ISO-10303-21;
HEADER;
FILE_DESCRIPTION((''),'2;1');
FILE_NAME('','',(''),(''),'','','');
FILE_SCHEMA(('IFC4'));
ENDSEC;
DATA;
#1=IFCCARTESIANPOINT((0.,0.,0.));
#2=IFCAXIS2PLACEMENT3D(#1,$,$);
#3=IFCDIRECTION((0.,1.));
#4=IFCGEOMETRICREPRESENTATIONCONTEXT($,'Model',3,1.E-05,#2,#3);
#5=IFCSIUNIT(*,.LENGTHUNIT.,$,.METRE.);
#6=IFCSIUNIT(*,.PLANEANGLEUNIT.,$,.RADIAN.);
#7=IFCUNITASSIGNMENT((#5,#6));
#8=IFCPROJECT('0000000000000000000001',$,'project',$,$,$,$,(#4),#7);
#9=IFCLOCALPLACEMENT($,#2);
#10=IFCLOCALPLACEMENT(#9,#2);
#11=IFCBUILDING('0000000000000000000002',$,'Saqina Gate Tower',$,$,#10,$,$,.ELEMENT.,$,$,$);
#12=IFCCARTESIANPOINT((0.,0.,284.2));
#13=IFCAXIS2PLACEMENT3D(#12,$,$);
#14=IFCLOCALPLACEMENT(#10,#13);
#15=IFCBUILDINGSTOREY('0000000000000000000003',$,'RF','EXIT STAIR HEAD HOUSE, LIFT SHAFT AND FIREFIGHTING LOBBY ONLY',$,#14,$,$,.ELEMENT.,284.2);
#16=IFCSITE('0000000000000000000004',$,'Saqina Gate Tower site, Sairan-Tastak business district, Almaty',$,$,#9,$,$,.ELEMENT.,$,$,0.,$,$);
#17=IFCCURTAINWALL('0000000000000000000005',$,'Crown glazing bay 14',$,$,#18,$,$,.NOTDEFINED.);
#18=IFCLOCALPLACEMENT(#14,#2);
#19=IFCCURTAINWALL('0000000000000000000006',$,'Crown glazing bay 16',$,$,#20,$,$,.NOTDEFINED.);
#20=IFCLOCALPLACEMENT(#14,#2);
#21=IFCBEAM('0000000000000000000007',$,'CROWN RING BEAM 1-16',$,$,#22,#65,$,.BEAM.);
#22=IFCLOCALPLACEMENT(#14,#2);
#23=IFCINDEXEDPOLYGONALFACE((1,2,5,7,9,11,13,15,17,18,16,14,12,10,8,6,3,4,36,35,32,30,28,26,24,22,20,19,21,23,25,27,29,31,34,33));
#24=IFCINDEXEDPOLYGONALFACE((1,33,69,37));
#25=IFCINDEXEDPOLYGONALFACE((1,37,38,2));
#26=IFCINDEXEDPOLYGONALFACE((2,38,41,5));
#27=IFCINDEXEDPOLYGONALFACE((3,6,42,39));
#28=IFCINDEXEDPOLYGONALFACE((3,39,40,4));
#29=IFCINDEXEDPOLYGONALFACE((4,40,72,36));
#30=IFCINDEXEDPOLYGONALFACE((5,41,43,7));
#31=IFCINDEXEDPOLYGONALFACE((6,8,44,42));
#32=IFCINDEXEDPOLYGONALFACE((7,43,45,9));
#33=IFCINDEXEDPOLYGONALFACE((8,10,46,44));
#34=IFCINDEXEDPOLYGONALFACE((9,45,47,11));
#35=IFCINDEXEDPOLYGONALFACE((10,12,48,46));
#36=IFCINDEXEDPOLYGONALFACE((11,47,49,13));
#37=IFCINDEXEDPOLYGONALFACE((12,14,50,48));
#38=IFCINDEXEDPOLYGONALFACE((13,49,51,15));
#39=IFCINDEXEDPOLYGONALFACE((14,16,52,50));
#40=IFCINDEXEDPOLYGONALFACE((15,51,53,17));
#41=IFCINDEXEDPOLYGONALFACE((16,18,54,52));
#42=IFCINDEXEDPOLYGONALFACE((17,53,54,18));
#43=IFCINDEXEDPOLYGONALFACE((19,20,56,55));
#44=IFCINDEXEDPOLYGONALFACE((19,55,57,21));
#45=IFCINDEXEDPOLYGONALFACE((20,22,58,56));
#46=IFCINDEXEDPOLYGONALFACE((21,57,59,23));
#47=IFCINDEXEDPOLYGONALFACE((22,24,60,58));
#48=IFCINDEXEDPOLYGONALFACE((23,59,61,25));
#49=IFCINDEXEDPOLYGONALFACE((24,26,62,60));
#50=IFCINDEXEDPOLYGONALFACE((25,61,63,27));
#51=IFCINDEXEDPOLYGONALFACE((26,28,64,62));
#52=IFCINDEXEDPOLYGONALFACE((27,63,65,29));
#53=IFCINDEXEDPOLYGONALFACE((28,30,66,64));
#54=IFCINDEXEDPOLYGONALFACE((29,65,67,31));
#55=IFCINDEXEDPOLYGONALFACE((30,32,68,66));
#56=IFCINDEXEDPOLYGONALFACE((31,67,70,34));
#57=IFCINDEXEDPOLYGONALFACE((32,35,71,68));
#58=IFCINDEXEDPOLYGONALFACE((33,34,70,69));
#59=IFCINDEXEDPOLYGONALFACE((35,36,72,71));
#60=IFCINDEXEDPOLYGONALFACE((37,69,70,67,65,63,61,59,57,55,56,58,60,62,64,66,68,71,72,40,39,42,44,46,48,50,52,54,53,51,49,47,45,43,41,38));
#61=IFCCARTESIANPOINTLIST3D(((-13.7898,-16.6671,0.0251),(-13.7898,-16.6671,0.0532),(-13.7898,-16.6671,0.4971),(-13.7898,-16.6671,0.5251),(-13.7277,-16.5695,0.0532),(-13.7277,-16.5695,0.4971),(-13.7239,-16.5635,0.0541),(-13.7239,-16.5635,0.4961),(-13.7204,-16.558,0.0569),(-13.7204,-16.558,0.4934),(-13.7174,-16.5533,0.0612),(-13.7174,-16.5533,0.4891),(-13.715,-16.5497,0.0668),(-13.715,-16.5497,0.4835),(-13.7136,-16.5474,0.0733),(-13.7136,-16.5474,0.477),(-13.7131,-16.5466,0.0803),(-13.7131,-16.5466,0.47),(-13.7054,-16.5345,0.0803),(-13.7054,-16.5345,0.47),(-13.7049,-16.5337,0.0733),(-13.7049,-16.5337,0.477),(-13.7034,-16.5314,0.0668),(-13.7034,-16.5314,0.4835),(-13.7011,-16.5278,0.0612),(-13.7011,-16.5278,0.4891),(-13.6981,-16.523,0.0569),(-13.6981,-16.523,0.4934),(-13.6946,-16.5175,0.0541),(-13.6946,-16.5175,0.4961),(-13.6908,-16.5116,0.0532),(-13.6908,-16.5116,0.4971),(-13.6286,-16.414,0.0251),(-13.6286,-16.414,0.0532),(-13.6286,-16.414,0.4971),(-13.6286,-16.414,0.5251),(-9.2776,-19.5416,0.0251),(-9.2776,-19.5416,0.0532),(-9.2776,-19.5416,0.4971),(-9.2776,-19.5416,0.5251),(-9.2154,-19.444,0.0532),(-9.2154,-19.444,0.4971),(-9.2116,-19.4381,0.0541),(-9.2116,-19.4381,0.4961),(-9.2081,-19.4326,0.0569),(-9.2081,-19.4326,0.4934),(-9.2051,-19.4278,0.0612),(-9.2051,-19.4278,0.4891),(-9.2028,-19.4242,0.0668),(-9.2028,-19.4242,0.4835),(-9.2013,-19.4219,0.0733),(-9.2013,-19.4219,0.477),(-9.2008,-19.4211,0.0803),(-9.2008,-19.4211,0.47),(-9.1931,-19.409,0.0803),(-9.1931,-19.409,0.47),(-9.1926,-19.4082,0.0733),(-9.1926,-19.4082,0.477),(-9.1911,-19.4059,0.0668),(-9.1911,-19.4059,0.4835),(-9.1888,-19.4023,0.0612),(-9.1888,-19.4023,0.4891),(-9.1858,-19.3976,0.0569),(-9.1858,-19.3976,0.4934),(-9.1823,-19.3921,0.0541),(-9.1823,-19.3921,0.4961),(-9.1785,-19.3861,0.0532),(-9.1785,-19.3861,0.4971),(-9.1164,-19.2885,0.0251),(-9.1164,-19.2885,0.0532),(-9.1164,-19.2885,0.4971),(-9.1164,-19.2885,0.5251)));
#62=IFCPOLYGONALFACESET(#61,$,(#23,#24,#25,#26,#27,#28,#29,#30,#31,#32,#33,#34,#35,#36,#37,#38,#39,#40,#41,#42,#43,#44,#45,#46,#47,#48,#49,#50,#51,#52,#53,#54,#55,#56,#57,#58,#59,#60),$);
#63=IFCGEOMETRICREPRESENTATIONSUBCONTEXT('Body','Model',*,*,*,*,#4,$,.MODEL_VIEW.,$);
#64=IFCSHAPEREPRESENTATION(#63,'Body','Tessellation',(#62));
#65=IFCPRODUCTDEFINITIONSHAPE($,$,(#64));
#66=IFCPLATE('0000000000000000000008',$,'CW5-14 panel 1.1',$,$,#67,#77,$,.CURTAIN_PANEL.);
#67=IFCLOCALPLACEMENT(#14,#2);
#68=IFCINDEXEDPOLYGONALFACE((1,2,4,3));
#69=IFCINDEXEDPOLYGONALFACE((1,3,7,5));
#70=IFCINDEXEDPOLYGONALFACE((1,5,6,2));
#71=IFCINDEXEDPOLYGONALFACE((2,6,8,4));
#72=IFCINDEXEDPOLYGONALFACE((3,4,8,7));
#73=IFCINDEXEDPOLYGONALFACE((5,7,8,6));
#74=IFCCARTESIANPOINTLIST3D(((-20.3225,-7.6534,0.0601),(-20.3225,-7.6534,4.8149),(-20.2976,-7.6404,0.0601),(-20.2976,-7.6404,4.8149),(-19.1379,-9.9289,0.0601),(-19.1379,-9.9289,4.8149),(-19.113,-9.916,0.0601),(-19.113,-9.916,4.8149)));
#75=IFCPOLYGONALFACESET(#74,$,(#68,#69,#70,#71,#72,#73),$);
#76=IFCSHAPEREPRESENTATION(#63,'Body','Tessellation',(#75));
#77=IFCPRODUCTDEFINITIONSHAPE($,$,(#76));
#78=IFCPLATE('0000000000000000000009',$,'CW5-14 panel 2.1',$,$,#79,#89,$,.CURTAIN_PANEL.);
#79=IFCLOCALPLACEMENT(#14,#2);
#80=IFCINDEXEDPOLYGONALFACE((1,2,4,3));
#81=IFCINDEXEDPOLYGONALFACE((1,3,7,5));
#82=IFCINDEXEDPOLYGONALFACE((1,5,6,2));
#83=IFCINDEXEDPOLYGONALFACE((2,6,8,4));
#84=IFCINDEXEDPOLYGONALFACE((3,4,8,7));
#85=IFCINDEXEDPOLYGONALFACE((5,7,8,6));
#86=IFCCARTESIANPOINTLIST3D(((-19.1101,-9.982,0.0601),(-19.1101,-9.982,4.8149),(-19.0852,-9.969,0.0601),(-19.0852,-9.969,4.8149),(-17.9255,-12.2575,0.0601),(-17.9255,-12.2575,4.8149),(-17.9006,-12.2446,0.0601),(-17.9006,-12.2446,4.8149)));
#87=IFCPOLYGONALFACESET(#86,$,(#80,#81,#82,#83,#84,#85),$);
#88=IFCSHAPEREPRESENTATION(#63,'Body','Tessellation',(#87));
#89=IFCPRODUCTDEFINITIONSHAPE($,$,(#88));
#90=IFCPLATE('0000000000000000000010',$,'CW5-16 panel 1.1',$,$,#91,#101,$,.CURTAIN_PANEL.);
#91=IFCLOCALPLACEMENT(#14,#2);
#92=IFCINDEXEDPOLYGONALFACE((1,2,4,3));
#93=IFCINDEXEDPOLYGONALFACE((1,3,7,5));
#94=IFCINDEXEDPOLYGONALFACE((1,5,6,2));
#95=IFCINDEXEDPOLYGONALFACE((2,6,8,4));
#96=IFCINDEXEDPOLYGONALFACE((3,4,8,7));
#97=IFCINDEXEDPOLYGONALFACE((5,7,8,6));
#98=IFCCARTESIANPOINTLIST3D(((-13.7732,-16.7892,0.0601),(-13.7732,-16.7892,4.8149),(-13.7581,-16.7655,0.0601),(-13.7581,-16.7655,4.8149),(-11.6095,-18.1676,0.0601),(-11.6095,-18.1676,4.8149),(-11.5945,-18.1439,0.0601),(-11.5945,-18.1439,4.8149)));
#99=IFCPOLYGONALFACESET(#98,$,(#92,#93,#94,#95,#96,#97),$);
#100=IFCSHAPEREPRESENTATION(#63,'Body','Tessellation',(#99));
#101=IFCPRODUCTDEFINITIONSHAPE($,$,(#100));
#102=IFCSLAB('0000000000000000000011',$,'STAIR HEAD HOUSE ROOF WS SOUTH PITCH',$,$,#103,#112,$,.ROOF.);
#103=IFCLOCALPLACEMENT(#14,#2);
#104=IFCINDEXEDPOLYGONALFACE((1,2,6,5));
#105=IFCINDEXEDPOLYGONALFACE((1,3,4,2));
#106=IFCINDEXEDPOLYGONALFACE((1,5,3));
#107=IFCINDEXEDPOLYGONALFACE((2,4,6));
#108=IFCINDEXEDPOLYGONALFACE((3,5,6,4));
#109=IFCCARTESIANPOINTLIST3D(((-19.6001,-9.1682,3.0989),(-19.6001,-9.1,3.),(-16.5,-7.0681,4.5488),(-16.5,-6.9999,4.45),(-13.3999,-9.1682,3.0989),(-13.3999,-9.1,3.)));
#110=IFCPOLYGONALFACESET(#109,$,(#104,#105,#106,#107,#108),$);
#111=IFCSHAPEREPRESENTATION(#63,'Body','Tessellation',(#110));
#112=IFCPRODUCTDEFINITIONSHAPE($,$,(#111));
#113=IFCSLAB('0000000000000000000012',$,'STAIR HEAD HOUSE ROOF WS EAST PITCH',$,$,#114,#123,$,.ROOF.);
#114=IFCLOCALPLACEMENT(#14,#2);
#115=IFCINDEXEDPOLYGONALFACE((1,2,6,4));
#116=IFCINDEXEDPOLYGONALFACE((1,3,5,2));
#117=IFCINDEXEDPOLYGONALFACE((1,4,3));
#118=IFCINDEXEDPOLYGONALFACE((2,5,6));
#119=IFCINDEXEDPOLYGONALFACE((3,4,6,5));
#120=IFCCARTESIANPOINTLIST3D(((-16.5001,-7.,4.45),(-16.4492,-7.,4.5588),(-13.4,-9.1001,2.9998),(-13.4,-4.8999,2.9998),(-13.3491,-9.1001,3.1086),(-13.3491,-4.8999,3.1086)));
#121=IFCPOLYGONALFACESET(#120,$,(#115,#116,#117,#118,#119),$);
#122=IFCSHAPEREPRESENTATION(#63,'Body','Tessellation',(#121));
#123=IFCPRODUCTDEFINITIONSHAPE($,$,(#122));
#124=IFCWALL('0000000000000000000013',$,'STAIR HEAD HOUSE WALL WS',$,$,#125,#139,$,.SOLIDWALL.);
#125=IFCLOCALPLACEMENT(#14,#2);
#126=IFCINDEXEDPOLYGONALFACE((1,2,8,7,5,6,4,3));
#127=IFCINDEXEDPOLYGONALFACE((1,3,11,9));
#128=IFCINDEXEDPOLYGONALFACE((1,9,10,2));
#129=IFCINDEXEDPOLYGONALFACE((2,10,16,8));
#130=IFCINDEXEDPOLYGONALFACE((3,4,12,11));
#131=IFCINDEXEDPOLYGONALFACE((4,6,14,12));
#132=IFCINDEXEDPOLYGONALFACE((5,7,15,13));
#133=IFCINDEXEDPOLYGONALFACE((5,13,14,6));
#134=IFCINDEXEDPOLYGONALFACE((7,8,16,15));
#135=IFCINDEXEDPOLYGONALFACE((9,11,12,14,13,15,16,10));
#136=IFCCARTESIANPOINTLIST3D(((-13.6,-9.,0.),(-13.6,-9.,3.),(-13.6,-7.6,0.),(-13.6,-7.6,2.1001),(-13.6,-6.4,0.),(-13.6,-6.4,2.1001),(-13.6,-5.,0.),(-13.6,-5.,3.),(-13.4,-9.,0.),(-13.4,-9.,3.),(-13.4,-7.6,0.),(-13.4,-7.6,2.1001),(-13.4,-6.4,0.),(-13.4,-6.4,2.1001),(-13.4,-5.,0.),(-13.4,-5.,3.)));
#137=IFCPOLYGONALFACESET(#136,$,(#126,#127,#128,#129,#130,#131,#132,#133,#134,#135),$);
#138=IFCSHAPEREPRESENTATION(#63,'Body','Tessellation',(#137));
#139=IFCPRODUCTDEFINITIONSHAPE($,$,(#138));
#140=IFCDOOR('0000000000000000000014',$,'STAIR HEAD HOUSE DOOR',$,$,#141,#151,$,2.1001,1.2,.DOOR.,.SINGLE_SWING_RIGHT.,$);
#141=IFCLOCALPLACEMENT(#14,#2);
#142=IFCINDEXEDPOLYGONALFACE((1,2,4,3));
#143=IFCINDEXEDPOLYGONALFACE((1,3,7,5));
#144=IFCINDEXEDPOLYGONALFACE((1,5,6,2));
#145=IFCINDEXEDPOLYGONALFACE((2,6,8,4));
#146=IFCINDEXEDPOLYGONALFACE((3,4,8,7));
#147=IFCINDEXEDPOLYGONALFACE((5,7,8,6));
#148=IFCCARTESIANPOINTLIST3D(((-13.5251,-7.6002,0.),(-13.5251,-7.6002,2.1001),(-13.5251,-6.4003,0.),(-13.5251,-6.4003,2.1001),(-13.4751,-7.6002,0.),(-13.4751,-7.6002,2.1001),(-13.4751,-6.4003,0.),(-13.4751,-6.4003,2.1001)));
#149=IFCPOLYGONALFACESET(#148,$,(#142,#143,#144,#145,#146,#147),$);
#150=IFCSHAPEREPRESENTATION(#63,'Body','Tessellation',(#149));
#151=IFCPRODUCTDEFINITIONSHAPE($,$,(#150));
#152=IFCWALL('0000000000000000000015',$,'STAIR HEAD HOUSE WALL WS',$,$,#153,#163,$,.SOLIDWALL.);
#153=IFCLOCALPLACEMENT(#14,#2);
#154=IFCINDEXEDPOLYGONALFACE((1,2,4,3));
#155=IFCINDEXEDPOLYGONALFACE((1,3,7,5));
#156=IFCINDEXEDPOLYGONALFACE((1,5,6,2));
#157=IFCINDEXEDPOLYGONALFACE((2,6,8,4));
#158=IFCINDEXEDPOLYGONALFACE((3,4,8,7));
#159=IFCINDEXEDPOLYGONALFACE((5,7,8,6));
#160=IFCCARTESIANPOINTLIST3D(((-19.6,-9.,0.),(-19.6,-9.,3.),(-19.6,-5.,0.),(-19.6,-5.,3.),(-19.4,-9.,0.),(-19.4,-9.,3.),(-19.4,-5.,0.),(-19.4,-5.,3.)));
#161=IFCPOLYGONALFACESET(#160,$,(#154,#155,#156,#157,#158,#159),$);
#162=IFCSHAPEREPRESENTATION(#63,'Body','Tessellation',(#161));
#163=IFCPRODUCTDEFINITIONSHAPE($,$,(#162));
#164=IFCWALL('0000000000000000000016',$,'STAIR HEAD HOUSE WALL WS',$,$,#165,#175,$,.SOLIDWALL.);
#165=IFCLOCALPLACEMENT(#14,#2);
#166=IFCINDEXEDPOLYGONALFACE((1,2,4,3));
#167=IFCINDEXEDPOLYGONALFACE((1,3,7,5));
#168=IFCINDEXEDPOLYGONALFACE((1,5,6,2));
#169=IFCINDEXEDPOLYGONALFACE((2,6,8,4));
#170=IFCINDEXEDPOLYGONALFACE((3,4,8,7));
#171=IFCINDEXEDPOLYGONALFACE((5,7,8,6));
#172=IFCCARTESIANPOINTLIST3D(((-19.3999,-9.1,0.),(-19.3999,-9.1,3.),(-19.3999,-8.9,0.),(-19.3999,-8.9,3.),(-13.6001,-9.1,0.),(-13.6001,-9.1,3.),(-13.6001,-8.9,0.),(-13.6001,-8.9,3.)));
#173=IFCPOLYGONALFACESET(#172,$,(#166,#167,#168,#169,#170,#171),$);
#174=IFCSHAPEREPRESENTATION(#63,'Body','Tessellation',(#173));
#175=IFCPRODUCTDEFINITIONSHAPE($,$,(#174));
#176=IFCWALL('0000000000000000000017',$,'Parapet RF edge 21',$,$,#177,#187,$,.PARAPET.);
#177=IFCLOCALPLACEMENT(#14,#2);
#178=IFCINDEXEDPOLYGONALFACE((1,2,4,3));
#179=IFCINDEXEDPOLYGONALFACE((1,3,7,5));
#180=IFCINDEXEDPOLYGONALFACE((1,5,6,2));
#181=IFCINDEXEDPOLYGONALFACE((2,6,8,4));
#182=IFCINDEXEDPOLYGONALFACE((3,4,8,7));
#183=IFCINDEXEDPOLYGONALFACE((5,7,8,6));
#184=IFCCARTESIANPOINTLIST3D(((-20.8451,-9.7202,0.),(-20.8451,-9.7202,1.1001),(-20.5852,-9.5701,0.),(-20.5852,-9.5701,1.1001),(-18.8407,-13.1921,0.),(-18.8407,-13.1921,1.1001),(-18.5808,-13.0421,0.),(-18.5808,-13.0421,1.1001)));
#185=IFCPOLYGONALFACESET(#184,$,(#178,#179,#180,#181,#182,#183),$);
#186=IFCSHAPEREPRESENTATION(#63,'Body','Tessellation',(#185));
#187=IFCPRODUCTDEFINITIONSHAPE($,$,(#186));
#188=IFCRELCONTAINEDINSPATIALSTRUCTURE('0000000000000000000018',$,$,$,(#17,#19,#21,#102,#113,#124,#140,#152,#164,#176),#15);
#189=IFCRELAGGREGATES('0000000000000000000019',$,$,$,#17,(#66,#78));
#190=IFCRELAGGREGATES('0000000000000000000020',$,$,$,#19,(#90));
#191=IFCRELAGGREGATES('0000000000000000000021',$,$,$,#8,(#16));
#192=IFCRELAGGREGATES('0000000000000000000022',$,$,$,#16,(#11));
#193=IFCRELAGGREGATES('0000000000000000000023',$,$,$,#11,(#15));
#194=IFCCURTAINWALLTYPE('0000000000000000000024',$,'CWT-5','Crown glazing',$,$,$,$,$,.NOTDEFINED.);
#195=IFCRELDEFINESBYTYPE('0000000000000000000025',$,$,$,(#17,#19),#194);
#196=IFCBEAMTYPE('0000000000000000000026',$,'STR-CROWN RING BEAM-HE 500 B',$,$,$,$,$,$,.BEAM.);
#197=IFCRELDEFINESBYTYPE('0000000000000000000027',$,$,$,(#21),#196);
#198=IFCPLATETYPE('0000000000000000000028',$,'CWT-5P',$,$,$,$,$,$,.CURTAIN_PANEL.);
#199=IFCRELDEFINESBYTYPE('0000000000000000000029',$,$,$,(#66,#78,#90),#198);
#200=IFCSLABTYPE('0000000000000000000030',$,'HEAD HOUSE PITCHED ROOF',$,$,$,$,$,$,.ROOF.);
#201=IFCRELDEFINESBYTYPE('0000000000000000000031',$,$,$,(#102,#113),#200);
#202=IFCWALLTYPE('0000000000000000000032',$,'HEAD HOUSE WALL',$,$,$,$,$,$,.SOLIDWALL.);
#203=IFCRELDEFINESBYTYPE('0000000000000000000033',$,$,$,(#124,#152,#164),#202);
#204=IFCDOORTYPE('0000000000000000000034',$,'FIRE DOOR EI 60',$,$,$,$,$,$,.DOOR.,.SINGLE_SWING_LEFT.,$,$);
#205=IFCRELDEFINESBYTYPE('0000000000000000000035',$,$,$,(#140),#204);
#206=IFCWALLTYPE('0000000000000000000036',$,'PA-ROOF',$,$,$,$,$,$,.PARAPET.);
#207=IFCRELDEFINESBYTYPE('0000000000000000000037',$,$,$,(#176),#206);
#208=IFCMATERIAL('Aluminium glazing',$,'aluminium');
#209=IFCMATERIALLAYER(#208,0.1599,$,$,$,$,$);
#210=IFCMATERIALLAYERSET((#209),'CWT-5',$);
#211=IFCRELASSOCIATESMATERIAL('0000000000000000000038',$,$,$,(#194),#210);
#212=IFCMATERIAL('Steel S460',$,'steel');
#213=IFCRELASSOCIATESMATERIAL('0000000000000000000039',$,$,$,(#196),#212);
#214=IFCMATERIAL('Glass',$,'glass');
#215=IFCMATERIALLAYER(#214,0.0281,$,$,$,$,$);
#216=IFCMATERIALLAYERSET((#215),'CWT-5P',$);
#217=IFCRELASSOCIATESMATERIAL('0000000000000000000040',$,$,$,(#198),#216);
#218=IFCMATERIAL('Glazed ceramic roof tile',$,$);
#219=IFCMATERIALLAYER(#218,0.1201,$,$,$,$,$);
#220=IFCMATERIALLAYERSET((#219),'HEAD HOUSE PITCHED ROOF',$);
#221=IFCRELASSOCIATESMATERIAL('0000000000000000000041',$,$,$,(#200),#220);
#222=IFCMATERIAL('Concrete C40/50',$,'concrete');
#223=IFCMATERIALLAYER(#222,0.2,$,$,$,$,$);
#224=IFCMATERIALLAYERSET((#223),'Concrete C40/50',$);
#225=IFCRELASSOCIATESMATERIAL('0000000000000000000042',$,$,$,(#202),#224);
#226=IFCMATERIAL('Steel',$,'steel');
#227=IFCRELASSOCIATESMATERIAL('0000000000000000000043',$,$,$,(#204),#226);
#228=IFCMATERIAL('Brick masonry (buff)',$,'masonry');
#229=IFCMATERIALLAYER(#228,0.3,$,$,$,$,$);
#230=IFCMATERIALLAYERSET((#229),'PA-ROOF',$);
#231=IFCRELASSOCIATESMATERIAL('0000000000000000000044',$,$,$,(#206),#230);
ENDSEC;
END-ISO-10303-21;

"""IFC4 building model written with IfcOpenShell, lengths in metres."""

from ifc_helpers import new_model, si_unit, direction, frame, frame_2d, origin, origin_2d, place, context, subcontext, project, spatial, polyline, rectangle, i_section, outline, extrude, material, layer, layer_set, material_profile, profile_set, type_object, element, fill, aggregate, save


model = new_model("IFC4")

# Units and contexts
model_context = context("Model", 3, precision=1e-05, world=origin(), true_north=direction((0.0, 1.0)))
body_context = subcontext(model_context, "Body", "Model", "MODEL_VIEW")
ifc_project = project(units=[si_unit("LENGTHUNIT", "METRE"), si_unit("PLANEANGLEUNIT", "RADIAN")], contexts=[model_context])

# Site, building, storey
site_placement = place(None, origin())
site = spatial("IfcSite", under=ifc_project, at=site_placement, Name="Saqina Gate Tower site, Sairan-Tastak business district, Almaty", CompositionType="ELEMENT", RefElevation=0.0)
building_placement = place(site_placement, origin())
building = spatial("IfcBuilding", under=site, at=building_placement, Name="Saqina Gate Tower", CompositionType="ELEMENT")
storey_placement = place(building_placement, frame((0.0, 0.0, 284.2)))
storey = spatial("IfcBuildingStorey", under=building, at=storey_placement, Name="RF", Description="EXIT STAIR HEAD HOUSE, LIFT SHAFT AND FIREFIGHTING LOBBY ONLY", CompositionType="ELEMENT", Elevation=284.2)

# Curtain walls
ifc_material_1 = material(Name="Aluminium glazing", Category="aluminium")
ifc_layer_1 = layer(ifc_material_1, 0.1599)
ifc_layer_set_1 = layer_set([ifc_layer_1], Name="CWT-5")
curtain_wall_type = type_object("IfcCurtainWallType", Name="CWT-5", Description="Crown glazing", PredefinedType="NOTDEFINED", material=ifc_layer_set_1)
curtain_wall_1_placement = place(storey_placement, origin())
curtain_wall_1 = element("IfcCurtainWall", 1, at=curtain_wall_1_placement, inside=storey, type_object=curtain_wall_type, Name="Crown glazing bay 14", PredefinedType="NOTDEFINED")
curtain_wall_2_placement = place(storey_placement, origin())
curtain_wall_2 = element("IfcCurtainWall", 2, at=curtain_wall_2_placement, inside=storey, type_object=curtain_wall_type, Name="Crown glazing bay 16", PredefinedType="NOTDEFINED")

# Beam
ifc_material_2 = material(Name="Steel S460", Category="steel")
ifc_material_profile_1 = material_profile(ifc_material_2, i_section(OverallWidth=0.3, OverallDepth=0.5, WebThickness=0.0144, FlangeThickness=0.0281, FilletRadius=0.0271, at=origin_2d()), Name="HE 500 B")
ifc_profile_set_1 = profile_set([ifc_material_profile_1], Name="Steel S460")
beam_type = type_object("IfcBeamType", Name="STR-CROWN RING BEAM-HE 500 B", PredefinedType="BEAM", material=ifc_profile_set_1)
beam_1_placement = place(storey_placement, frame((-13.7092, -16.5405, 0.2751), z_axis=(0.843398, -0.537289, 0.0), x_axis=(0.537289, 0.843398, 0.0)))
element("IfcBeam", 3, at=beam_1_placement, inside=storey, type_object=beam_type, Name="CROWN RING BEAM 1-16", PredefinedType="BEAM", context=body_context, shape_type="SweptSolid", body=[
    extrude(i_section(OverallWidth=0.3, OverallDepth=0.5, WebThickness=0.0144, FlangeThickness=0.0281, FilletRadius=0.0271, at=origin_2d()), origin(), (0.0, 0.0, 1.0), 5.3501),
])

# Plates
ifc_material_3 = material(Name="Glass", Category="glass")
ifc_layer_2 = layer(ifc_material_3, 0.0281)
ifc_layer_set_2 = layer_set([ifc_layer_2], Name="CWT-5P")
plate_type = type_object("IfcPlateType", Name="CWT-5P", PredefinedType="CURTAIN_PANEL", material=ifc_layer_set_2)
plate_1_placement = place(storey_placement, frame((-19.7178, -8.7847, 0.0601), z_axis=(0.0, 0.0, 1.0), x_axis=(0.461751, -0.88701, 0.0)))
plate_1 = element("IfcPlate", 4, at=plate_1_placement, type_object=plate_type, Name="CW5-14 panel 1.1", PredefinedType="CURTAIN_PANEL", context=body_context, shape_type="SweptSolid", body=[
    extrude(rectangle(XDim=2.5654, YDim=0.0281, at=origin_2d()), origin(), (0.0, 0.0, 1.0), 4.7549),
])
plate_2_placement = place(storey_placement, frame((-18.5054, -11.1133, 0.0601), z_axis=(0.0, 0.0, 1.0), x_axis=(0.461751, -0.88701, 0.0)))
plate_2 = element("IfcPlate", 5, at=plate_2_placement, type_object=plate_type, Name="CW5-14 panel 2.1", PredefinedType="CURTAIN_PANEL", context=body_context, shape_type="SweptSolid", body=[
    extrude(rectangle(XDim=2.5654, YDim=0.0281, at=origin_2d()), origin(), (0.0, 0.0, 1.0), 4.7549),
])
aggregate(curtain_wall_1, [plate_1, plate_2])
plate_3_placement = place(storey_placement, frame((-12.6838, -17.4666, 0.0601), z_axis=(0.0, 0.0, 1.0), x_axis=(0.843395, -0.537295, 0.0)))
plate_3 = element("IfcPlate", 6, at=plate_3_placement, type_object=plate_type, Name="CW5-16 panel 1.1", PredefinedType="CURTAIN_PANEL", context=body_context, shape_type="SweptSolid", body=[
    extrude(rectangle(XDim=2.5654, YDim=0.0281, at=origin_2d()), origin(), (0.0, 0.0, 1.0), 4.7549),
])
aggregate(curtain_wall_2, [plate_3])

# Slabs
ifc_material_4 = material(Name="Glazed ceramic roof tile")
ifc_layer_3 = layer(ifc_material_4, 0.1201)
ifc_layer_set_3 = layer_set([ifc_layer_3], Name="HEAD HOUSE PITCHED ROOF")
slab_type = type_object("IfcSlabType", Name="HEAD HOUSE PITCHED ROOF", PredefinedType="ROOF", material=ifc_layer_set_3)
slab_1_placement = place(storey_placement, frame((-19.6001, -9.1682, 3.0989), z_axis=(0.0, -0.56816, 0.822918), x_axis=(1.0, 0.0, 0.0)))
element("IfcSlab", 7, at=slab_1_placement, inside=storey, type_object=slab_type, Name="STAIR HEAD HOUSE ROOF WS SOUTH PITCH", PredefinedType="ROOF", context=body_context, shape_type="SweptSolid", body=[
    extrude(outline(polyline([(0.0, 0.0), (6.2002, 0.0), (3.1001, 2.552), (0.0, 0.0)])), origin(), (0.0, 0.0, -1.0), 0.1201),
])
slab_2_placement = place(storey_placement, frame((-13.3491, -9.1001, 3.1086), z_axis=(0.423721, 0.0, 0.905793), x_axis=(0.0, 1.0, 0.0)))
element("IfcSlab", 8, at=slab_2_placement, inside=storey, type_object=slab_type, Name="STAIR HEAD HOUSE ROOF WS EAST PITCH", PredefinedType="ROOF", context=body_context, shape_type="SweptSolid", body=[
    extrude(outline(polyline([(0.0, 0.0), (4.2002, 0.0), (2.1001, 3.4225), (0.0, 0.0)])), origin(), (0.0, 0.0, -1.0), 0.1201),
])

# Wall, opening, door
ifc_material_5 = material(Name="Concrete C40/50", Category="concrete")
ifc_layer_4 = layer(ifc_material_5, 0.2)
ifc_layer_set_4 = layer_set([ifc_layer_4], Name="Concrete C40/50")
wall_type_1 = type_object("IfcWallType", Name="HEAD HOUSE WALL", PredefinedType="SOLIDWALL", material=ifc_layer_set_4)
wall_1_placement = place(storey_placement, frame((-13.5, -9.0, 0.0), z_axis=(0.0, 0.0, 1.0), x_axis=(0.0, 1.0, 0.0)))
wall_1 = element("IfcWall", 9, at=wall_1_placement, inside=storey, type_object=wall_type_1, Name="STAIR HEAD HOUSE WALL WS", PredefinedType="SOLIDWALL", context=body_context, shape_type="SweptSolid", body=[
    extrude(rectangle(XDim=4.0, YDim=0.2, at=frame_2d((2.0, 0.0))), origin(), (0.0, 0.0, 1.0), 3.0),
])
opening_placement = place(wall_1_placement, frame((1.3999, 0.0, 0.0)))
opening = element("IfcOpeningElement", 10, at=opening_placement, cuts=wall_1, PredefinedType="OPENING", context=body_context, shape_type="SweptSolid", body=[
    extrude(rectangle(XDim=1.2, YDim=2.1001, at=frame_2d((0.6001, 1.05))), frame((0.0, 0.1121, 0.0), z_axis=(0.0, -1.0, 0.0), x_axis=(1.0, 0.0, 0.0)), (0.0, 0.0, 1.0), 0.2239),
])
ifc_material_6 = material(Name="Steel", Category="steel")
door_type = type_object("IfcDoorType", Name="FIRE DOOR EI 60", OperationType="SINGLE_SWING_LEFT", PredefinedType="DOOR", material=ifc_material_6)
door_placement = place(opening_placement, frame((1.2, 0.0, 0.0), z_axis=(0.0, 0.0, 1.0), x_axis=(-1.0, 0.0, 0.0)))
door = element("IfcDoor", 11, at=door_placement, inside=storey, type_object=door_type, Name="STAIR HEAD HOUSE DOOR", OperationType="SINGLE_SWING_RIGHT", OverallHeight=2.1001, OverallWidth=1.2, PredefinedType="DOOR", context=body_context, shape_type="SweptSolid", body=[
    extrude(rectangle(XDim=1.2, YDim=2.1001, at=frame_2d((0.6001, 1.05))), frame((0.0, 0.0249, 0.0), z_axis=(0.0, -1.0, 0.0), x_axis=(1.0, 0.0, 0.0)), (0.0, 0.0, 1.0), 0.05),
])
fill(opening, door)

# Walls
wall_2_placement = place(storey_placement, frame((-19.5, -9.0, 0.0), z_axis=(0.0, 0.0, 1.0), x_axis=(0.0, 1.0, 0.0)))
element("IfcWall", 12, at=wall_2_placement, inside=storey, type_object=wall_type_1, Name="STAIR HEAD HOUSE WALL WS", PredefinedType="SOLIDWALL", context=body_context, shape_type="SweptSolid", body=[
    extrude(rectangle(XDim=4.0, YDim=0.2, at=frame_2d((2.0, 0.0))), origin(), (0.0, 0.0, 1.0), 3.0),
])
wall_3_placement = place(storey_placement, frame((-13.6001, -9.0, 0.0), z_axis=(0.0, 0.0, 1.0), x_axis=(-1.0, 0.0, 0.0)))
element("IfcWall", 13, at=wall_3_placement, inside=storey, type_object=wall_type_1, Name="STAIR HEAD HOUSE WALL WS", PredefinedType="SOLIDWALL", context=body_context, shape_type="SweptSolid", body=[
    extrude(rectangle(XDim=5.7998, YDim=0.2, at=frame_2d((2.8999, 0.0))), origin(), (0.0, 0.0, 1.0), 3.0),
])
ifc_material_7 = material(Name="Brick masonry (buff)", Category="masonry")
ifc_layer_5 = layer(ifc_material_7, 0.3)
ifc_layer_set_5 = layer_set([ifc_layer_5], Name="PA-ROOF")
wall_type_2 = type_object("IfcWallType", Name="PA-ROOF", PredefinedType="PARAPET", material=ifc_layer_set_5)
wall_4_placement = place(storey_placement, frame((-20.7151, -9.6453, 0.0), z_axis=(0.0, 0.0, 1.0), x_axis=(0.499977, -0.866039, 0.0)))
element("IfcWall", 14, at=wall_4_placement, inside=storey, type_object=wall_type_2, Name="Parapet RF edge 21", PredefinedType="PARAPET", context=body_context, shape_type="SweptSolid", body=[
    extrude(rectangle(XDim=4.009, YDim=0.3, at=frame_2d((2.0044, 0.0))), origin(), (0.0, 0.0, 1.0), 1.1001),
])

save(model, "model.ifc")
